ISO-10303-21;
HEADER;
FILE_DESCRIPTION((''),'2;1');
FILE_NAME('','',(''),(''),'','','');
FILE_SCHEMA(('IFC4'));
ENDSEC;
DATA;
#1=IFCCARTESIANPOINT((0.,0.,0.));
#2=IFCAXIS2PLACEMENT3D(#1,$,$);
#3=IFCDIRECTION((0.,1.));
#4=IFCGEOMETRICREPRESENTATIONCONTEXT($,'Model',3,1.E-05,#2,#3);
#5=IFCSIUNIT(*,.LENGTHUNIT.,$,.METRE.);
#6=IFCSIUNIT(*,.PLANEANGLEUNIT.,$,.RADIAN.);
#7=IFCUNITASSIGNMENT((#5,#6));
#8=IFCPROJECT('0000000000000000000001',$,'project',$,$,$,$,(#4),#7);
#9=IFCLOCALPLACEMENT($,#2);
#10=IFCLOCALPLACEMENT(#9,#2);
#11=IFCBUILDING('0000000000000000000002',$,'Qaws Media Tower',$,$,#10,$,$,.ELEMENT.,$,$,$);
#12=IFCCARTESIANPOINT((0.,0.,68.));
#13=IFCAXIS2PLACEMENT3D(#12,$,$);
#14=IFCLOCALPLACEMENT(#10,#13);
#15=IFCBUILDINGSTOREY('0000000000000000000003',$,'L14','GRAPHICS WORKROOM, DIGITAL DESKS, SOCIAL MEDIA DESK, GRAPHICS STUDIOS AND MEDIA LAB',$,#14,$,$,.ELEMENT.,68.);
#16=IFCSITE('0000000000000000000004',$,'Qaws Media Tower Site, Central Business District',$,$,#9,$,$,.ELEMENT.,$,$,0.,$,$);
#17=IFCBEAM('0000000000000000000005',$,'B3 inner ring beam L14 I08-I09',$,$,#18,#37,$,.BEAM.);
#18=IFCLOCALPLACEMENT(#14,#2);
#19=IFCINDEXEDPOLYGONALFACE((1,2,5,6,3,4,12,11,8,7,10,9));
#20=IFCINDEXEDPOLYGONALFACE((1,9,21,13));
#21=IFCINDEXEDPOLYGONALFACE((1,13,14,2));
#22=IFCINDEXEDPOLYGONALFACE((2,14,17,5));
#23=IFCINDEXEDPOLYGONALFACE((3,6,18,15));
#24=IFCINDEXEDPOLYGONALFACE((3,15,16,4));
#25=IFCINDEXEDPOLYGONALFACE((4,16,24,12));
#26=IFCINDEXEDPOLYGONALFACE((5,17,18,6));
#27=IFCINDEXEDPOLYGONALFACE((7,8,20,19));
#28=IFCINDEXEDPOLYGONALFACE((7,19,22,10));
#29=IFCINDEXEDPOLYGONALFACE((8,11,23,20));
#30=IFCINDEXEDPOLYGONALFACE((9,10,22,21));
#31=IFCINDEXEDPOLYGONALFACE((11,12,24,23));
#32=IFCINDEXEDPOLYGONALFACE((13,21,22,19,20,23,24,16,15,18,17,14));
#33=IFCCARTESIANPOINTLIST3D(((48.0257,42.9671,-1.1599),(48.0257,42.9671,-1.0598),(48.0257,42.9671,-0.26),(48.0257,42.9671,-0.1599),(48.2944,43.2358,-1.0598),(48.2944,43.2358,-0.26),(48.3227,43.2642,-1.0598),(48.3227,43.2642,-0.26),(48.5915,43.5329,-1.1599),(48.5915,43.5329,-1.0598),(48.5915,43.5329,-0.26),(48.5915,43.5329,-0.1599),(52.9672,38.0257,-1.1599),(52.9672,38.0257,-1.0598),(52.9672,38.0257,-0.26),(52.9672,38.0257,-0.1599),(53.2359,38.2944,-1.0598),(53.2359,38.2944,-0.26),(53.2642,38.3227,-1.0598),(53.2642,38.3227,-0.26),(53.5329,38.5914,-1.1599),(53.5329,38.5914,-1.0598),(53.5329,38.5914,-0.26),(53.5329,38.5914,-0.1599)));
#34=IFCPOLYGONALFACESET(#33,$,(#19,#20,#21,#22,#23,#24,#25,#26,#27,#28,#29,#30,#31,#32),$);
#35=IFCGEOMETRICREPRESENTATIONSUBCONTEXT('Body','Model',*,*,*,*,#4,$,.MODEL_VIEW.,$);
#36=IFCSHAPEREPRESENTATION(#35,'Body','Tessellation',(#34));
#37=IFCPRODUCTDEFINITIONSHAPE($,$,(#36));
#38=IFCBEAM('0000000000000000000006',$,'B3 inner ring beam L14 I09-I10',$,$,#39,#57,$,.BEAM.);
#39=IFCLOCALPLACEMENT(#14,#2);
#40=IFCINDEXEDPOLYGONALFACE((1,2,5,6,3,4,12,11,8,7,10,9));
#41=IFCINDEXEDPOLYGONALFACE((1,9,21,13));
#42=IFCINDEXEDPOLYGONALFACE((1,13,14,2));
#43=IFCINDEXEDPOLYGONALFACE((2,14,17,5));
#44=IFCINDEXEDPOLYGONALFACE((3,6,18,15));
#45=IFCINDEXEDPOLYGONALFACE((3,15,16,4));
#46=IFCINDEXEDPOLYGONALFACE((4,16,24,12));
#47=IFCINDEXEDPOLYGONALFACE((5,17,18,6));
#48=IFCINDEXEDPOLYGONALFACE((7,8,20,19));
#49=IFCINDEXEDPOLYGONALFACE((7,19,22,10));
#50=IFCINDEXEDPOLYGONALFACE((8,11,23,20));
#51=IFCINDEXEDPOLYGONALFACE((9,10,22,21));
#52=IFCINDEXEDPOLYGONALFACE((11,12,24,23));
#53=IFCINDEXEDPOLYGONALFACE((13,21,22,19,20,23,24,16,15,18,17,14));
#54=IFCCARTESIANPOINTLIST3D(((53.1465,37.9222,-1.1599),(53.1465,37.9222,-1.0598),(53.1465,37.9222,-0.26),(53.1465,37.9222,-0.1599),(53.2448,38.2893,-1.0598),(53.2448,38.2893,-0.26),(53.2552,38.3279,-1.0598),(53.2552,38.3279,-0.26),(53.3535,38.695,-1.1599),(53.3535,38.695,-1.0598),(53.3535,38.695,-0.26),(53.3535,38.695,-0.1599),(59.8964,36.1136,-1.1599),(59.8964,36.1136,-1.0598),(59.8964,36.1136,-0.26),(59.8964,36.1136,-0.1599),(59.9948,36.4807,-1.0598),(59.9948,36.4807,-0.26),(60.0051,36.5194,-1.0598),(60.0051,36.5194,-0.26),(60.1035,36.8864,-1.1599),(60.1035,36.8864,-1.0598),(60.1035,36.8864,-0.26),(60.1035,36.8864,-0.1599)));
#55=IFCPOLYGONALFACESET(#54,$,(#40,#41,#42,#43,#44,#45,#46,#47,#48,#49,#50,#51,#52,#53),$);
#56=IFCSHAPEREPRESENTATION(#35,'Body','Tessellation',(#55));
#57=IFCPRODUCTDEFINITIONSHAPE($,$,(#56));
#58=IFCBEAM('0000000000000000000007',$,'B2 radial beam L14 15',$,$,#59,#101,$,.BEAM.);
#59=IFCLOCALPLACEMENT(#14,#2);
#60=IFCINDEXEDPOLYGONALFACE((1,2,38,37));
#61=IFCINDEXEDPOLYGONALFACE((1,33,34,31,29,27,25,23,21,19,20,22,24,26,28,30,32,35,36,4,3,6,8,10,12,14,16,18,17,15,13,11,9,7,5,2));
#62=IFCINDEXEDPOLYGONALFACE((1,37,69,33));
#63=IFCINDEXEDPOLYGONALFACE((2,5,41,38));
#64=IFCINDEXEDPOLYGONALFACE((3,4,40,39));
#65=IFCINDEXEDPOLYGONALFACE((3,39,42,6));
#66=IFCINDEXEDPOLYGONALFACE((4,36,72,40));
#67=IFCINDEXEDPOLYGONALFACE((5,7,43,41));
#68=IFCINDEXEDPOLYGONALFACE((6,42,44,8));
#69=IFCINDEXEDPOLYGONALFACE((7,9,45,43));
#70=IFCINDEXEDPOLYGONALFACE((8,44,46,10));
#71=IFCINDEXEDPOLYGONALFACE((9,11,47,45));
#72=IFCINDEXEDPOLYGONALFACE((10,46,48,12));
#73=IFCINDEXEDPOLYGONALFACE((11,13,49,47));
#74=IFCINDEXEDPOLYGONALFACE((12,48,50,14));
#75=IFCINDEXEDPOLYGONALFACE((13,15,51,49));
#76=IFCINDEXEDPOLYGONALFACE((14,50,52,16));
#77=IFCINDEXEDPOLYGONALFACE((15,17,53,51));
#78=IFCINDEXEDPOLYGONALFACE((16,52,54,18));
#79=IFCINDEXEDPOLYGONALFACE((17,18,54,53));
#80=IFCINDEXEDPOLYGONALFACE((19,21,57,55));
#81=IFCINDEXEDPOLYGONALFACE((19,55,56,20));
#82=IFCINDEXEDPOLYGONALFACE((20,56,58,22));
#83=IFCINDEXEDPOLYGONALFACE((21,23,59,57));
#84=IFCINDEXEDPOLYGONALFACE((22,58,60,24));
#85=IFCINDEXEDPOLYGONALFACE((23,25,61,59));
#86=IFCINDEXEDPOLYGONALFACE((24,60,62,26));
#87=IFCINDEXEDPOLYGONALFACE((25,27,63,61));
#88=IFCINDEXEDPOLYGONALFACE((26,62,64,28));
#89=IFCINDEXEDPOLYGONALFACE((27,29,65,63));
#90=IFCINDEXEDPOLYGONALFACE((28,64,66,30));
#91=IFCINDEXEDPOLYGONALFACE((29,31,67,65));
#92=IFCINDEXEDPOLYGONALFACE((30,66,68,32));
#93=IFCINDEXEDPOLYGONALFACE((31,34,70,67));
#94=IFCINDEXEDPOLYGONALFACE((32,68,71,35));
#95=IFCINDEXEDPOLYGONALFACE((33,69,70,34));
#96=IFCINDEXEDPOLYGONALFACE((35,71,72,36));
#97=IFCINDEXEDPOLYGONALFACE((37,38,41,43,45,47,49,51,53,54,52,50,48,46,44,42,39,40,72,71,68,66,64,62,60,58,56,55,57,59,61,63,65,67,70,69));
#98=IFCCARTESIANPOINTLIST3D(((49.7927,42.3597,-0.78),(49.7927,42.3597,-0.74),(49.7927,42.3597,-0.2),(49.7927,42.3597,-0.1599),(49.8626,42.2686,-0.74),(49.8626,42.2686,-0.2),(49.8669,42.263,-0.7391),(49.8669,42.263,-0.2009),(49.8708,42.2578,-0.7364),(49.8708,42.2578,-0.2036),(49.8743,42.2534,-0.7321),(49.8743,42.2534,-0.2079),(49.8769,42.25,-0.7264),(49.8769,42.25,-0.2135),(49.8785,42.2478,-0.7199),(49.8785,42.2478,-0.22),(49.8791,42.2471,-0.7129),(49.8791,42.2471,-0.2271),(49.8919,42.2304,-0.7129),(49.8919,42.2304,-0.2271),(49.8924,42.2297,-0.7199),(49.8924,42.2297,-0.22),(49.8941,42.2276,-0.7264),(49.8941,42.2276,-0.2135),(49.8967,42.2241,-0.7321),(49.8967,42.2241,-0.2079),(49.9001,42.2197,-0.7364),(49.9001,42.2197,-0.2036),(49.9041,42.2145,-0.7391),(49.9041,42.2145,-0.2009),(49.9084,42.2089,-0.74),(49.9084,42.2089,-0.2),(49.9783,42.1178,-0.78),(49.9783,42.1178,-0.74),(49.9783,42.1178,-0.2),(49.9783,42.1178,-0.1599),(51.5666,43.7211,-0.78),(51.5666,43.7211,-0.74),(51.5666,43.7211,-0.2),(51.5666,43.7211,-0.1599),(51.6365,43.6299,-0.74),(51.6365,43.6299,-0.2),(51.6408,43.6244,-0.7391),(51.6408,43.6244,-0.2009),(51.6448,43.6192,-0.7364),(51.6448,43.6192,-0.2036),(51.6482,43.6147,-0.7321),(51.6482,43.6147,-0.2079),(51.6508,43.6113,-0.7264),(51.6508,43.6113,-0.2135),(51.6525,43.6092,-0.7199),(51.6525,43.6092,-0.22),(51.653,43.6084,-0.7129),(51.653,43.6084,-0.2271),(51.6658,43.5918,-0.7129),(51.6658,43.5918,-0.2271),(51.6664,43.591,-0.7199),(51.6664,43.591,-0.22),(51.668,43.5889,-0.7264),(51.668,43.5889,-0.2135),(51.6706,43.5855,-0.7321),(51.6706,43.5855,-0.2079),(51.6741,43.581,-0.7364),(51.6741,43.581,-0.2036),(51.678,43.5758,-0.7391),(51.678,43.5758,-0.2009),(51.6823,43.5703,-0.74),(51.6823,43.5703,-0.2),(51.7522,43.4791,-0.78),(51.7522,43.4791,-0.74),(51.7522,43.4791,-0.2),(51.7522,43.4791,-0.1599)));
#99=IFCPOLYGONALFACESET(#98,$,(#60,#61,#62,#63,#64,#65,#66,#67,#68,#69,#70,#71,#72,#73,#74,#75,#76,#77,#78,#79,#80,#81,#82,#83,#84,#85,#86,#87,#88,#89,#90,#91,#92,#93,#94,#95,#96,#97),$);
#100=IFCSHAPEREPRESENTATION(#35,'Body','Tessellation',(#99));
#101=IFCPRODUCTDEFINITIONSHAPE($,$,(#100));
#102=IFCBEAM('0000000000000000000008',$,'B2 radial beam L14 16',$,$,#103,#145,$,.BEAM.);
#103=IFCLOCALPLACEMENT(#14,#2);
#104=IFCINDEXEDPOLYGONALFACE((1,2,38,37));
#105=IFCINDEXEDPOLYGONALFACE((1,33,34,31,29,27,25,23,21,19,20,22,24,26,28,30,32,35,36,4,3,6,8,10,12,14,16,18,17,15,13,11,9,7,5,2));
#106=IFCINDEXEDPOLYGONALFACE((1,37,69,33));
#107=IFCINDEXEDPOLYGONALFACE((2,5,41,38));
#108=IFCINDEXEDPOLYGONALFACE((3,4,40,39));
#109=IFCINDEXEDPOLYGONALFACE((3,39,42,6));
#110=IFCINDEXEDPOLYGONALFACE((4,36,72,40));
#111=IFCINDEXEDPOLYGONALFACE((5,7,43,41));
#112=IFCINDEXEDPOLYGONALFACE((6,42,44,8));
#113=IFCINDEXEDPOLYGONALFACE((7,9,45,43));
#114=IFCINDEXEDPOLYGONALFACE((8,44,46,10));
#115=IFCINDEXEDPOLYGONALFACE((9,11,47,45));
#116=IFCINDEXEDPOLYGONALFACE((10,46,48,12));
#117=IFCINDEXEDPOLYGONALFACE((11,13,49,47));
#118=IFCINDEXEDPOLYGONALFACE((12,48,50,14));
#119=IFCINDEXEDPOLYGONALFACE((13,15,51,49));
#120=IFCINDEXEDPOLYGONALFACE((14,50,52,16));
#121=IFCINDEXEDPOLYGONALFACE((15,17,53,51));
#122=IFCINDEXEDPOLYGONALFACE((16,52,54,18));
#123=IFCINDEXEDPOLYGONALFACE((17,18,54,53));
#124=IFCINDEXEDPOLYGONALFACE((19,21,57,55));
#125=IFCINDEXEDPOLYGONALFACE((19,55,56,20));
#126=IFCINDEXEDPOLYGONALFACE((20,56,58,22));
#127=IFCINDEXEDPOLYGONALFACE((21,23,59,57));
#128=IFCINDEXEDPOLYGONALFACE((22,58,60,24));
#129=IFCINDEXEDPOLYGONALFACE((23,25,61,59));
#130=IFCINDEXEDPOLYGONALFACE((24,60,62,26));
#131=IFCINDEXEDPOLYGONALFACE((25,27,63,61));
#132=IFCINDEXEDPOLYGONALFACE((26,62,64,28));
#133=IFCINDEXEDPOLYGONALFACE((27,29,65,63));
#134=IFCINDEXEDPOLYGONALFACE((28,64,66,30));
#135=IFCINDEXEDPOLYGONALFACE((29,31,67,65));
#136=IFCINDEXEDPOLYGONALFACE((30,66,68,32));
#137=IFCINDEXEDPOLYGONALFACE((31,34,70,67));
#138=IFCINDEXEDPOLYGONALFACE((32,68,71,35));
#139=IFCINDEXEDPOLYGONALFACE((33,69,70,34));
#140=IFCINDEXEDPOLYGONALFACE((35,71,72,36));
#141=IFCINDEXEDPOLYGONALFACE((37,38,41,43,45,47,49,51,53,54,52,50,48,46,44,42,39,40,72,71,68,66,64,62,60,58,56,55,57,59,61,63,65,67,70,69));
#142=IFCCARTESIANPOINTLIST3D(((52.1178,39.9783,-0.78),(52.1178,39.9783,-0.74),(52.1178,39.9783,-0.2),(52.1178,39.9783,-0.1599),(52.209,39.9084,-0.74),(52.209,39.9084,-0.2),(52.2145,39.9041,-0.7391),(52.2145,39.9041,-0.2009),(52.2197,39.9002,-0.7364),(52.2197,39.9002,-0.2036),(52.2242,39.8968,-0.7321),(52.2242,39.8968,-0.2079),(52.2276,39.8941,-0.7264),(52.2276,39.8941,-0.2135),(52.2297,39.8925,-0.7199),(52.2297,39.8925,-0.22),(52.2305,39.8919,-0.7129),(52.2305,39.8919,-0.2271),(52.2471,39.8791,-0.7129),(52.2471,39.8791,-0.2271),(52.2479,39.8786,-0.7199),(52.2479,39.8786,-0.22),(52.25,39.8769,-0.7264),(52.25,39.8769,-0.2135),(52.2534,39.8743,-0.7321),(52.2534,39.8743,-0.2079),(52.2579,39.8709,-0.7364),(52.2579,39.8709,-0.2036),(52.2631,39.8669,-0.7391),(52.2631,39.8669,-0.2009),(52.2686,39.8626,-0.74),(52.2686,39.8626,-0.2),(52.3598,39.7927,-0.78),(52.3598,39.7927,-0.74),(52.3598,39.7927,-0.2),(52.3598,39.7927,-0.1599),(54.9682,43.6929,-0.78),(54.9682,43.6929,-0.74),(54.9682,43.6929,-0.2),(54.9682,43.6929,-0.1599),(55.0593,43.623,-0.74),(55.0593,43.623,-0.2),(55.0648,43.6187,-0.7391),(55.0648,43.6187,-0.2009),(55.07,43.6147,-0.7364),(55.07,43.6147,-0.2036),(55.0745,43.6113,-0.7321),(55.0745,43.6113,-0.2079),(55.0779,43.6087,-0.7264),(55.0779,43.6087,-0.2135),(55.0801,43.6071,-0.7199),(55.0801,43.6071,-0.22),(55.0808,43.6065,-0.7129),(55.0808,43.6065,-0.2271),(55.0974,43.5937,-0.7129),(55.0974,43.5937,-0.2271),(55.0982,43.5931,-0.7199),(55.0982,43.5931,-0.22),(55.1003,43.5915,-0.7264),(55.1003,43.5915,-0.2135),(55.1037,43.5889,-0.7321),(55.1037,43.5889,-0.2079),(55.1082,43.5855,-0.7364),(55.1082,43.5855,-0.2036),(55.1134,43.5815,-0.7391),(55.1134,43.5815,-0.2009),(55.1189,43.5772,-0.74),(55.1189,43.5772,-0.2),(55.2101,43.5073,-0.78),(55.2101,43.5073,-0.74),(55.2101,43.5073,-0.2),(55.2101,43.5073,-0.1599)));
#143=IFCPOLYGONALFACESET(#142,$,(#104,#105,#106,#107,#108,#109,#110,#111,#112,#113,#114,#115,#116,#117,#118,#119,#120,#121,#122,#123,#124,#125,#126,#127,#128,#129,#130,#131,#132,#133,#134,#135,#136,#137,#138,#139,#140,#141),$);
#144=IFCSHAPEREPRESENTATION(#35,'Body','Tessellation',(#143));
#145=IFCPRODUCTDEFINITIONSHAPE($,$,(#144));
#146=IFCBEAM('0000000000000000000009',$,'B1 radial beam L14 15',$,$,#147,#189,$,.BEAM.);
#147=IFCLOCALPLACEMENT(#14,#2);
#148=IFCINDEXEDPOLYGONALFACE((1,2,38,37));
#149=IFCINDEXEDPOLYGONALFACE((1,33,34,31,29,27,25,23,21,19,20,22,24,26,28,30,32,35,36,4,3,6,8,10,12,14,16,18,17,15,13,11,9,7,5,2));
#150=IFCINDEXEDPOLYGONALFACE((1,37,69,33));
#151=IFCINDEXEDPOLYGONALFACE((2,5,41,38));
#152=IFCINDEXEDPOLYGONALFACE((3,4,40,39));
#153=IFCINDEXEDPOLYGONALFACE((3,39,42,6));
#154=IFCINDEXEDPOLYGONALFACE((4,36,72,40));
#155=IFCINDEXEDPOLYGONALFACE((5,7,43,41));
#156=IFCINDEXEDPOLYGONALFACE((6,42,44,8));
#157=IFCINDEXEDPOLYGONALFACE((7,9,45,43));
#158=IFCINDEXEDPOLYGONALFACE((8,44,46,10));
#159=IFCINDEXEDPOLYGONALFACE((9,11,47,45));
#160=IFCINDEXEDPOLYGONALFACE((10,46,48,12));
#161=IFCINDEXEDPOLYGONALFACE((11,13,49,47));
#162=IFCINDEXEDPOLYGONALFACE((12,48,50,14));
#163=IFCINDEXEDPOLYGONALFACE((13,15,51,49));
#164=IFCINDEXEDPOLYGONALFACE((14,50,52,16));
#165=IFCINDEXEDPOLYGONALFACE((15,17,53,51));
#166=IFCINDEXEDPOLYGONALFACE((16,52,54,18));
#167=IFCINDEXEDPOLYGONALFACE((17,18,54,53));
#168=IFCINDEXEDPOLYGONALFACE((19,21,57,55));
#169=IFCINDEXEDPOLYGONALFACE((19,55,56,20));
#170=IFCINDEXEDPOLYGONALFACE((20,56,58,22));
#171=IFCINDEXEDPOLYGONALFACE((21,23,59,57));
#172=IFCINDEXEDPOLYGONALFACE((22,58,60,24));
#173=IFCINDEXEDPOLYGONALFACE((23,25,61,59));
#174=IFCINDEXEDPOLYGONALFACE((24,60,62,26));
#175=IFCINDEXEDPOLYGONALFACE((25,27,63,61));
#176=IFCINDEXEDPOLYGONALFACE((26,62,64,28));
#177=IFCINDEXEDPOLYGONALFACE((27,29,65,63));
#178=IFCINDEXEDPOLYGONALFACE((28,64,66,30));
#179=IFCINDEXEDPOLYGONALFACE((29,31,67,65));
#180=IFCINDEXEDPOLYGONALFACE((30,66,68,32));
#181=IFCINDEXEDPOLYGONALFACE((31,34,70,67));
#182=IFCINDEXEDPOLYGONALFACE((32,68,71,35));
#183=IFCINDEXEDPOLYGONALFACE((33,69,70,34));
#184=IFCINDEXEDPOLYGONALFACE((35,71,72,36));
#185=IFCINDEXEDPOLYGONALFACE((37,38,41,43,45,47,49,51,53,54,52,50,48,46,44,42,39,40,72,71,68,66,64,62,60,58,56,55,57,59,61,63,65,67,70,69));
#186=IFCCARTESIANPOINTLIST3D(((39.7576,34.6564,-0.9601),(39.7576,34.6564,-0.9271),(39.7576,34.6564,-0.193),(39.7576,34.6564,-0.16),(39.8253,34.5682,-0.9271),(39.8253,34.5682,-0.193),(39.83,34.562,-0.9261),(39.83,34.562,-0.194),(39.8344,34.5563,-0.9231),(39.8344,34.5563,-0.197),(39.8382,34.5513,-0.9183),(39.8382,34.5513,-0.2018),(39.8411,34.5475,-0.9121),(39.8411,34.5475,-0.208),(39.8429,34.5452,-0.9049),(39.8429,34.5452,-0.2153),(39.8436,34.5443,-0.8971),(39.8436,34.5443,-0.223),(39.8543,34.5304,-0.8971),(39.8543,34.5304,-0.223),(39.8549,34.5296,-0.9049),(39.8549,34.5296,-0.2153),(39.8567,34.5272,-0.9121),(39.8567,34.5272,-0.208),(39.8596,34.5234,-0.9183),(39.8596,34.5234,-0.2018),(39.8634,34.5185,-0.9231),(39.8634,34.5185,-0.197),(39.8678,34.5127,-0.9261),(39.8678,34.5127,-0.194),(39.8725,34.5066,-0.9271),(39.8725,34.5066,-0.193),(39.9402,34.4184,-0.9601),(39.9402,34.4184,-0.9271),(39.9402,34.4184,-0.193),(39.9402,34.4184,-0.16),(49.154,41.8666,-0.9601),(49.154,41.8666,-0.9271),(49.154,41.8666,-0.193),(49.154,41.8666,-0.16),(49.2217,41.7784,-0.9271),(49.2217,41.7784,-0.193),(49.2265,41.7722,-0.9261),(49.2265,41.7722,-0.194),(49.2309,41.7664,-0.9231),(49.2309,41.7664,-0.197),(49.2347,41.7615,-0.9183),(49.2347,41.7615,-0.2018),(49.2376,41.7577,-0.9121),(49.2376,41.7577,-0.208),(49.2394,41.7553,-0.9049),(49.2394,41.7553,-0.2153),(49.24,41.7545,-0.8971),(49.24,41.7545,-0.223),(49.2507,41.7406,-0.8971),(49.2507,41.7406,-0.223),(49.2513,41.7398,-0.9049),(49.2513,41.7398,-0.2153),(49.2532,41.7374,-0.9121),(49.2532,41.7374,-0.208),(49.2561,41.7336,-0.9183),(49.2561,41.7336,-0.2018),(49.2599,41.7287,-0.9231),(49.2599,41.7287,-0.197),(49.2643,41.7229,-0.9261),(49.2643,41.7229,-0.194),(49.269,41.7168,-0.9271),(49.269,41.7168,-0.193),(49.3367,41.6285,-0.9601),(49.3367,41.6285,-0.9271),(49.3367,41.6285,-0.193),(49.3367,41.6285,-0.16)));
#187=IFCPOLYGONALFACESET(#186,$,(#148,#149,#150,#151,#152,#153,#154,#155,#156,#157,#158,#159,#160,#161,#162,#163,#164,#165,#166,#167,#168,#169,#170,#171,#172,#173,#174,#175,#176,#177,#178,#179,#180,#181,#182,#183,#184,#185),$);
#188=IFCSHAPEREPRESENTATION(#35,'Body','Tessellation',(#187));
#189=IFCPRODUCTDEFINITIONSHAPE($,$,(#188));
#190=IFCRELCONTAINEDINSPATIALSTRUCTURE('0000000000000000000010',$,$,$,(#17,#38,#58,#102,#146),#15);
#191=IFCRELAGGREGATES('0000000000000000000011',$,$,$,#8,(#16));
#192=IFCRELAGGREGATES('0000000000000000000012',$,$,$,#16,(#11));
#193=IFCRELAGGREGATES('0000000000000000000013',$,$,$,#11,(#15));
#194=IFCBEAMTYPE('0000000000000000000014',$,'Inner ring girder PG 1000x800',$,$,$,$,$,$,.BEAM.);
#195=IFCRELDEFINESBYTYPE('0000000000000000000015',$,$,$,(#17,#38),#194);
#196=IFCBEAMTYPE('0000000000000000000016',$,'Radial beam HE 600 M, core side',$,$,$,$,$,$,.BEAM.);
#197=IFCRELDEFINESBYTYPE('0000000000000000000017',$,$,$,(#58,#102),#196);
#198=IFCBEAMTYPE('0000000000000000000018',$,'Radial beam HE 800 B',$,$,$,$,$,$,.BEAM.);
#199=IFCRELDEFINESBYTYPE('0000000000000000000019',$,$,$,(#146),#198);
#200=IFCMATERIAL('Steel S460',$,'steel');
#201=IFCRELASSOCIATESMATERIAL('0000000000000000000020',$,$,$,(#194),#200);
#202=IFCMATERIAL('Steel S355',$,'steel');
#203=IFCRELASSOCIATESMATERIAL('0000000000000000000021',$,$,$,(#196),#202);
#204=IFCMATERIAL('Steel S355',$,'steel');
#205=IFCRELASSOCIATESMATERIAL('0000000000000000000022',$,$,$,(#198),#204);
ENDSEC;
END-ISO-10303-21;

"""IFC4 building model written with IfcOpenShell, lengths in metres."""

from ifc_helpers import new_model, si_unit, direction, frame, origin, origin_2d, place, context, subcontext, project, spatial, i_section, extrude, material, material_profile, profile_set, type_object, element, save


model = new_model("IFC4")

# Units and contexts
model_context = context("Model", 3, precision=1e-05, world=origin(), true_north=direction((0.0, 1.0)))
body_context = subcontext(model_context, "Body", "Model", "MODEL_VIEW")
ifc_project = project(units=[si_unit("LENGTHUNIT", "METRE"), si_unit("PLANEANGLEUNIT", "RADIAN")], contexts=[model_context])

# Site, building, storey
site_placement = place(None, origin())
site = spatial("IfcSite", under=ifc_project, at=site_placement, Name="Qaws Media Tower Site, Central Business District", CompositionType="ELEMENT", RefElevation=0.0)
building_placement = place(site_placement, origin())
building = spatial("IfcBuilding", under=site, at=building_placement, Name="Qaws Media Tower", CompositionType="ELEMENT")
storey_placement = place(building_placement, frame((0.0, 0.0, 68.0)))
storey = spatial("IfcBuildingStorey", under=building, at=storey_placement, Name="L14", Description="GRAPHICS WORKROOM, DIGITAL DESKS, SOCIAL MEDIA DESK, GRAPHICS STUDIOS AND MEDIA LAB", CompositionType="ELEMENT", Elevation=68.0)

# Beams
ifc_material_1 = material(Name="Steel S460", Category="steel")
ifc_material_profile_1 = material_profile(ifc_material_1, i_section(OverallWidth=0.8, OverallDepth=1.0, WebThickness=0.04, FlangeThickness=0.1001, at=origin_2d()), Name="PG 1000x800")
ifc_profile_set_1 = profile_set([ifc_material_profile_1], Name="Steel S460")
beam_type_1 = type_object("IfcBeamType", Name="Inner ring girder PG 1000x800", PredefinedType="BEAM", material=ifc_profile_set_1)
beam_1_placement = place(storey_placement, frame((48.3086, 43.25, -0.6599), z_axis=(0.707107, -0.707107, 0.0), x_axis=(0.707107, 0.707107, 0.0)))
element("IfcBeam", 1, at=beam_1_placement, inside=storey, type_object=beam_type_1, Name="B3 inner ring beam L14 I08-I09", PredefinedType="BEAM", context=body_context, shape_type="SweptSolid", body=[
    extrude(i_section(OverallWidth=0.8, OverallDepth=1.0, WebThickness=0.04, FlangeThickness=0.1001, at=origin_2d()), origin(), (0.0, 0.0, 1.0), 6.9883),
])
beam_2_placement = place(storey_placement, frame((53.25, 38.3086, -0.6599), z_axis=(0.965928, -0.258811, 0.0), x_axis=(0.258811, 0.965928, 0.0)))
element("IfcBeam", 2, at=beam_2_placement, inside=storey, type_object=beam_type_1, Name="B3 inner ring beam L14 I09-I10", PredefinedType="BEAM", context=body_context, shape_type="SweptSolid", body=[
    extrude(i_section(OverallWidth=0.8, OverallDepth=1.0, WebThickness=0.04, FlangeThickness=0.1001, at=origin_2d()), origin(), (0.0, 0.0, 1.0), 6.988),
])
ifc_material_2 = material(Name="Steel S355", Category="steel")
ifc_material_profile_2 = material_profile(ifc_material_2, i_section(OverallWidth=0.3049, OverallDepth=0.6201, WebThickness=0.021, FlangeThickness=0.04, FilletRadius=0.0271, at=origin_2d()), Name="HE 600 M")
ifc_profile_set_2 = profile_set([ifc_material_profile_2], Name="Steel S355")
beam_type_2 = type_object("IfcBeamType", Name="Radial beam HE 600 M, core side", PredefinedType="BEAM", material=ifc_profile_set_2)
beam_3_placement = place(storey_placement, frame((51.6594, 43.6001, -0.47), z_axis=(-0.793322, -0.608803, 0.0), x_axis=(0.608803, -0.793322, 0.0)))
element("IfcBeam", 3, at=beam_3_placement, inside=storey, type_object=beam_type_2, Name="B2 radial beam L14 15", PredefinedType="BEAM", context=body_context, shape_type="SweptSolid", body=[
    extrude(i_section(OverallWidth=0.3049, OverallDepth=0.6201, WebThickness=0.021, FlangeThickness=0.04, FilletRadius=0.0271, at=origin_2d()), origin(), (0.0, 0.0, 1.0), 2.2361),
])
beam_4_placement = place(storey_placement, frame((55.0891, 43.6001, -0.47), z_axis=(-0.608765, -0.79335, 0.0), x_axis=(0.79335, -0.608765, 0.0)))
element("IfcBeam", 4, at=beam_4_placement, inside=storey, type_object=beam_type_2, Name="B2 radial beam L14 16", PredefinedType="BEAM", context=body_context, shape_type="SweptSolid", body=[
    extrude(i_section(OverallWidth=0.3049, OverallDepth=0.6201, WebThickness=0.021, FlangeThickness=0.04, FilletRadius=0.0271, at=origin_2d()), origin(), (0.0, 0.0, 1.0), 4.6821),
])
ifc_material_3 = material(Name="Steel S355", Category="steel")
ifc_material_profile_3 = material_profile(ifc_material_3, i_section(OverallWidth=0.3, OverallDepth=0.8, WebThickness=0.0176, FlangeThickness=0.033, FilletRadius=0.03, at=origin_2d()), Name="HE 800 B")
ifc_profile_set_3 = profile_set([ifc_material_profile_3], Name="Steel S355")
beam_type_3 = type_object("IfcBeamType", Name="Radial beam HE 800 B", PredefinedType="BEAM", material=ifc_profile_set_3)
for number, where, z_axis, x_axis, name in (
    (5, (49.2454, 41.7476, -0.5601), (-0.793352, -0.608763, 0.0), (0.608763, -0.793352, 0.0), "B1 radial beam L14 15"),
):
    element("IfcBeam", number, at=place(storey_placement, frame(where, z_axis=z_axis, x_axis=x_axis)), inside=storey, type_object=beam_type_3, Name=name, PredefinedType="BEAM", context=body_context, shape_type="SweptSolid", body=[
        extrude(i_section(OverallWidth=0.3, OverallDepth=0.8, WebThickness=0.0176, FlangeThickness=0.033, FilletRadius=0.03, at=origin_2d()), origin(), (0.0, 0.0, 1.0), 11.844),
    ])

save(model, "model.ifc")
